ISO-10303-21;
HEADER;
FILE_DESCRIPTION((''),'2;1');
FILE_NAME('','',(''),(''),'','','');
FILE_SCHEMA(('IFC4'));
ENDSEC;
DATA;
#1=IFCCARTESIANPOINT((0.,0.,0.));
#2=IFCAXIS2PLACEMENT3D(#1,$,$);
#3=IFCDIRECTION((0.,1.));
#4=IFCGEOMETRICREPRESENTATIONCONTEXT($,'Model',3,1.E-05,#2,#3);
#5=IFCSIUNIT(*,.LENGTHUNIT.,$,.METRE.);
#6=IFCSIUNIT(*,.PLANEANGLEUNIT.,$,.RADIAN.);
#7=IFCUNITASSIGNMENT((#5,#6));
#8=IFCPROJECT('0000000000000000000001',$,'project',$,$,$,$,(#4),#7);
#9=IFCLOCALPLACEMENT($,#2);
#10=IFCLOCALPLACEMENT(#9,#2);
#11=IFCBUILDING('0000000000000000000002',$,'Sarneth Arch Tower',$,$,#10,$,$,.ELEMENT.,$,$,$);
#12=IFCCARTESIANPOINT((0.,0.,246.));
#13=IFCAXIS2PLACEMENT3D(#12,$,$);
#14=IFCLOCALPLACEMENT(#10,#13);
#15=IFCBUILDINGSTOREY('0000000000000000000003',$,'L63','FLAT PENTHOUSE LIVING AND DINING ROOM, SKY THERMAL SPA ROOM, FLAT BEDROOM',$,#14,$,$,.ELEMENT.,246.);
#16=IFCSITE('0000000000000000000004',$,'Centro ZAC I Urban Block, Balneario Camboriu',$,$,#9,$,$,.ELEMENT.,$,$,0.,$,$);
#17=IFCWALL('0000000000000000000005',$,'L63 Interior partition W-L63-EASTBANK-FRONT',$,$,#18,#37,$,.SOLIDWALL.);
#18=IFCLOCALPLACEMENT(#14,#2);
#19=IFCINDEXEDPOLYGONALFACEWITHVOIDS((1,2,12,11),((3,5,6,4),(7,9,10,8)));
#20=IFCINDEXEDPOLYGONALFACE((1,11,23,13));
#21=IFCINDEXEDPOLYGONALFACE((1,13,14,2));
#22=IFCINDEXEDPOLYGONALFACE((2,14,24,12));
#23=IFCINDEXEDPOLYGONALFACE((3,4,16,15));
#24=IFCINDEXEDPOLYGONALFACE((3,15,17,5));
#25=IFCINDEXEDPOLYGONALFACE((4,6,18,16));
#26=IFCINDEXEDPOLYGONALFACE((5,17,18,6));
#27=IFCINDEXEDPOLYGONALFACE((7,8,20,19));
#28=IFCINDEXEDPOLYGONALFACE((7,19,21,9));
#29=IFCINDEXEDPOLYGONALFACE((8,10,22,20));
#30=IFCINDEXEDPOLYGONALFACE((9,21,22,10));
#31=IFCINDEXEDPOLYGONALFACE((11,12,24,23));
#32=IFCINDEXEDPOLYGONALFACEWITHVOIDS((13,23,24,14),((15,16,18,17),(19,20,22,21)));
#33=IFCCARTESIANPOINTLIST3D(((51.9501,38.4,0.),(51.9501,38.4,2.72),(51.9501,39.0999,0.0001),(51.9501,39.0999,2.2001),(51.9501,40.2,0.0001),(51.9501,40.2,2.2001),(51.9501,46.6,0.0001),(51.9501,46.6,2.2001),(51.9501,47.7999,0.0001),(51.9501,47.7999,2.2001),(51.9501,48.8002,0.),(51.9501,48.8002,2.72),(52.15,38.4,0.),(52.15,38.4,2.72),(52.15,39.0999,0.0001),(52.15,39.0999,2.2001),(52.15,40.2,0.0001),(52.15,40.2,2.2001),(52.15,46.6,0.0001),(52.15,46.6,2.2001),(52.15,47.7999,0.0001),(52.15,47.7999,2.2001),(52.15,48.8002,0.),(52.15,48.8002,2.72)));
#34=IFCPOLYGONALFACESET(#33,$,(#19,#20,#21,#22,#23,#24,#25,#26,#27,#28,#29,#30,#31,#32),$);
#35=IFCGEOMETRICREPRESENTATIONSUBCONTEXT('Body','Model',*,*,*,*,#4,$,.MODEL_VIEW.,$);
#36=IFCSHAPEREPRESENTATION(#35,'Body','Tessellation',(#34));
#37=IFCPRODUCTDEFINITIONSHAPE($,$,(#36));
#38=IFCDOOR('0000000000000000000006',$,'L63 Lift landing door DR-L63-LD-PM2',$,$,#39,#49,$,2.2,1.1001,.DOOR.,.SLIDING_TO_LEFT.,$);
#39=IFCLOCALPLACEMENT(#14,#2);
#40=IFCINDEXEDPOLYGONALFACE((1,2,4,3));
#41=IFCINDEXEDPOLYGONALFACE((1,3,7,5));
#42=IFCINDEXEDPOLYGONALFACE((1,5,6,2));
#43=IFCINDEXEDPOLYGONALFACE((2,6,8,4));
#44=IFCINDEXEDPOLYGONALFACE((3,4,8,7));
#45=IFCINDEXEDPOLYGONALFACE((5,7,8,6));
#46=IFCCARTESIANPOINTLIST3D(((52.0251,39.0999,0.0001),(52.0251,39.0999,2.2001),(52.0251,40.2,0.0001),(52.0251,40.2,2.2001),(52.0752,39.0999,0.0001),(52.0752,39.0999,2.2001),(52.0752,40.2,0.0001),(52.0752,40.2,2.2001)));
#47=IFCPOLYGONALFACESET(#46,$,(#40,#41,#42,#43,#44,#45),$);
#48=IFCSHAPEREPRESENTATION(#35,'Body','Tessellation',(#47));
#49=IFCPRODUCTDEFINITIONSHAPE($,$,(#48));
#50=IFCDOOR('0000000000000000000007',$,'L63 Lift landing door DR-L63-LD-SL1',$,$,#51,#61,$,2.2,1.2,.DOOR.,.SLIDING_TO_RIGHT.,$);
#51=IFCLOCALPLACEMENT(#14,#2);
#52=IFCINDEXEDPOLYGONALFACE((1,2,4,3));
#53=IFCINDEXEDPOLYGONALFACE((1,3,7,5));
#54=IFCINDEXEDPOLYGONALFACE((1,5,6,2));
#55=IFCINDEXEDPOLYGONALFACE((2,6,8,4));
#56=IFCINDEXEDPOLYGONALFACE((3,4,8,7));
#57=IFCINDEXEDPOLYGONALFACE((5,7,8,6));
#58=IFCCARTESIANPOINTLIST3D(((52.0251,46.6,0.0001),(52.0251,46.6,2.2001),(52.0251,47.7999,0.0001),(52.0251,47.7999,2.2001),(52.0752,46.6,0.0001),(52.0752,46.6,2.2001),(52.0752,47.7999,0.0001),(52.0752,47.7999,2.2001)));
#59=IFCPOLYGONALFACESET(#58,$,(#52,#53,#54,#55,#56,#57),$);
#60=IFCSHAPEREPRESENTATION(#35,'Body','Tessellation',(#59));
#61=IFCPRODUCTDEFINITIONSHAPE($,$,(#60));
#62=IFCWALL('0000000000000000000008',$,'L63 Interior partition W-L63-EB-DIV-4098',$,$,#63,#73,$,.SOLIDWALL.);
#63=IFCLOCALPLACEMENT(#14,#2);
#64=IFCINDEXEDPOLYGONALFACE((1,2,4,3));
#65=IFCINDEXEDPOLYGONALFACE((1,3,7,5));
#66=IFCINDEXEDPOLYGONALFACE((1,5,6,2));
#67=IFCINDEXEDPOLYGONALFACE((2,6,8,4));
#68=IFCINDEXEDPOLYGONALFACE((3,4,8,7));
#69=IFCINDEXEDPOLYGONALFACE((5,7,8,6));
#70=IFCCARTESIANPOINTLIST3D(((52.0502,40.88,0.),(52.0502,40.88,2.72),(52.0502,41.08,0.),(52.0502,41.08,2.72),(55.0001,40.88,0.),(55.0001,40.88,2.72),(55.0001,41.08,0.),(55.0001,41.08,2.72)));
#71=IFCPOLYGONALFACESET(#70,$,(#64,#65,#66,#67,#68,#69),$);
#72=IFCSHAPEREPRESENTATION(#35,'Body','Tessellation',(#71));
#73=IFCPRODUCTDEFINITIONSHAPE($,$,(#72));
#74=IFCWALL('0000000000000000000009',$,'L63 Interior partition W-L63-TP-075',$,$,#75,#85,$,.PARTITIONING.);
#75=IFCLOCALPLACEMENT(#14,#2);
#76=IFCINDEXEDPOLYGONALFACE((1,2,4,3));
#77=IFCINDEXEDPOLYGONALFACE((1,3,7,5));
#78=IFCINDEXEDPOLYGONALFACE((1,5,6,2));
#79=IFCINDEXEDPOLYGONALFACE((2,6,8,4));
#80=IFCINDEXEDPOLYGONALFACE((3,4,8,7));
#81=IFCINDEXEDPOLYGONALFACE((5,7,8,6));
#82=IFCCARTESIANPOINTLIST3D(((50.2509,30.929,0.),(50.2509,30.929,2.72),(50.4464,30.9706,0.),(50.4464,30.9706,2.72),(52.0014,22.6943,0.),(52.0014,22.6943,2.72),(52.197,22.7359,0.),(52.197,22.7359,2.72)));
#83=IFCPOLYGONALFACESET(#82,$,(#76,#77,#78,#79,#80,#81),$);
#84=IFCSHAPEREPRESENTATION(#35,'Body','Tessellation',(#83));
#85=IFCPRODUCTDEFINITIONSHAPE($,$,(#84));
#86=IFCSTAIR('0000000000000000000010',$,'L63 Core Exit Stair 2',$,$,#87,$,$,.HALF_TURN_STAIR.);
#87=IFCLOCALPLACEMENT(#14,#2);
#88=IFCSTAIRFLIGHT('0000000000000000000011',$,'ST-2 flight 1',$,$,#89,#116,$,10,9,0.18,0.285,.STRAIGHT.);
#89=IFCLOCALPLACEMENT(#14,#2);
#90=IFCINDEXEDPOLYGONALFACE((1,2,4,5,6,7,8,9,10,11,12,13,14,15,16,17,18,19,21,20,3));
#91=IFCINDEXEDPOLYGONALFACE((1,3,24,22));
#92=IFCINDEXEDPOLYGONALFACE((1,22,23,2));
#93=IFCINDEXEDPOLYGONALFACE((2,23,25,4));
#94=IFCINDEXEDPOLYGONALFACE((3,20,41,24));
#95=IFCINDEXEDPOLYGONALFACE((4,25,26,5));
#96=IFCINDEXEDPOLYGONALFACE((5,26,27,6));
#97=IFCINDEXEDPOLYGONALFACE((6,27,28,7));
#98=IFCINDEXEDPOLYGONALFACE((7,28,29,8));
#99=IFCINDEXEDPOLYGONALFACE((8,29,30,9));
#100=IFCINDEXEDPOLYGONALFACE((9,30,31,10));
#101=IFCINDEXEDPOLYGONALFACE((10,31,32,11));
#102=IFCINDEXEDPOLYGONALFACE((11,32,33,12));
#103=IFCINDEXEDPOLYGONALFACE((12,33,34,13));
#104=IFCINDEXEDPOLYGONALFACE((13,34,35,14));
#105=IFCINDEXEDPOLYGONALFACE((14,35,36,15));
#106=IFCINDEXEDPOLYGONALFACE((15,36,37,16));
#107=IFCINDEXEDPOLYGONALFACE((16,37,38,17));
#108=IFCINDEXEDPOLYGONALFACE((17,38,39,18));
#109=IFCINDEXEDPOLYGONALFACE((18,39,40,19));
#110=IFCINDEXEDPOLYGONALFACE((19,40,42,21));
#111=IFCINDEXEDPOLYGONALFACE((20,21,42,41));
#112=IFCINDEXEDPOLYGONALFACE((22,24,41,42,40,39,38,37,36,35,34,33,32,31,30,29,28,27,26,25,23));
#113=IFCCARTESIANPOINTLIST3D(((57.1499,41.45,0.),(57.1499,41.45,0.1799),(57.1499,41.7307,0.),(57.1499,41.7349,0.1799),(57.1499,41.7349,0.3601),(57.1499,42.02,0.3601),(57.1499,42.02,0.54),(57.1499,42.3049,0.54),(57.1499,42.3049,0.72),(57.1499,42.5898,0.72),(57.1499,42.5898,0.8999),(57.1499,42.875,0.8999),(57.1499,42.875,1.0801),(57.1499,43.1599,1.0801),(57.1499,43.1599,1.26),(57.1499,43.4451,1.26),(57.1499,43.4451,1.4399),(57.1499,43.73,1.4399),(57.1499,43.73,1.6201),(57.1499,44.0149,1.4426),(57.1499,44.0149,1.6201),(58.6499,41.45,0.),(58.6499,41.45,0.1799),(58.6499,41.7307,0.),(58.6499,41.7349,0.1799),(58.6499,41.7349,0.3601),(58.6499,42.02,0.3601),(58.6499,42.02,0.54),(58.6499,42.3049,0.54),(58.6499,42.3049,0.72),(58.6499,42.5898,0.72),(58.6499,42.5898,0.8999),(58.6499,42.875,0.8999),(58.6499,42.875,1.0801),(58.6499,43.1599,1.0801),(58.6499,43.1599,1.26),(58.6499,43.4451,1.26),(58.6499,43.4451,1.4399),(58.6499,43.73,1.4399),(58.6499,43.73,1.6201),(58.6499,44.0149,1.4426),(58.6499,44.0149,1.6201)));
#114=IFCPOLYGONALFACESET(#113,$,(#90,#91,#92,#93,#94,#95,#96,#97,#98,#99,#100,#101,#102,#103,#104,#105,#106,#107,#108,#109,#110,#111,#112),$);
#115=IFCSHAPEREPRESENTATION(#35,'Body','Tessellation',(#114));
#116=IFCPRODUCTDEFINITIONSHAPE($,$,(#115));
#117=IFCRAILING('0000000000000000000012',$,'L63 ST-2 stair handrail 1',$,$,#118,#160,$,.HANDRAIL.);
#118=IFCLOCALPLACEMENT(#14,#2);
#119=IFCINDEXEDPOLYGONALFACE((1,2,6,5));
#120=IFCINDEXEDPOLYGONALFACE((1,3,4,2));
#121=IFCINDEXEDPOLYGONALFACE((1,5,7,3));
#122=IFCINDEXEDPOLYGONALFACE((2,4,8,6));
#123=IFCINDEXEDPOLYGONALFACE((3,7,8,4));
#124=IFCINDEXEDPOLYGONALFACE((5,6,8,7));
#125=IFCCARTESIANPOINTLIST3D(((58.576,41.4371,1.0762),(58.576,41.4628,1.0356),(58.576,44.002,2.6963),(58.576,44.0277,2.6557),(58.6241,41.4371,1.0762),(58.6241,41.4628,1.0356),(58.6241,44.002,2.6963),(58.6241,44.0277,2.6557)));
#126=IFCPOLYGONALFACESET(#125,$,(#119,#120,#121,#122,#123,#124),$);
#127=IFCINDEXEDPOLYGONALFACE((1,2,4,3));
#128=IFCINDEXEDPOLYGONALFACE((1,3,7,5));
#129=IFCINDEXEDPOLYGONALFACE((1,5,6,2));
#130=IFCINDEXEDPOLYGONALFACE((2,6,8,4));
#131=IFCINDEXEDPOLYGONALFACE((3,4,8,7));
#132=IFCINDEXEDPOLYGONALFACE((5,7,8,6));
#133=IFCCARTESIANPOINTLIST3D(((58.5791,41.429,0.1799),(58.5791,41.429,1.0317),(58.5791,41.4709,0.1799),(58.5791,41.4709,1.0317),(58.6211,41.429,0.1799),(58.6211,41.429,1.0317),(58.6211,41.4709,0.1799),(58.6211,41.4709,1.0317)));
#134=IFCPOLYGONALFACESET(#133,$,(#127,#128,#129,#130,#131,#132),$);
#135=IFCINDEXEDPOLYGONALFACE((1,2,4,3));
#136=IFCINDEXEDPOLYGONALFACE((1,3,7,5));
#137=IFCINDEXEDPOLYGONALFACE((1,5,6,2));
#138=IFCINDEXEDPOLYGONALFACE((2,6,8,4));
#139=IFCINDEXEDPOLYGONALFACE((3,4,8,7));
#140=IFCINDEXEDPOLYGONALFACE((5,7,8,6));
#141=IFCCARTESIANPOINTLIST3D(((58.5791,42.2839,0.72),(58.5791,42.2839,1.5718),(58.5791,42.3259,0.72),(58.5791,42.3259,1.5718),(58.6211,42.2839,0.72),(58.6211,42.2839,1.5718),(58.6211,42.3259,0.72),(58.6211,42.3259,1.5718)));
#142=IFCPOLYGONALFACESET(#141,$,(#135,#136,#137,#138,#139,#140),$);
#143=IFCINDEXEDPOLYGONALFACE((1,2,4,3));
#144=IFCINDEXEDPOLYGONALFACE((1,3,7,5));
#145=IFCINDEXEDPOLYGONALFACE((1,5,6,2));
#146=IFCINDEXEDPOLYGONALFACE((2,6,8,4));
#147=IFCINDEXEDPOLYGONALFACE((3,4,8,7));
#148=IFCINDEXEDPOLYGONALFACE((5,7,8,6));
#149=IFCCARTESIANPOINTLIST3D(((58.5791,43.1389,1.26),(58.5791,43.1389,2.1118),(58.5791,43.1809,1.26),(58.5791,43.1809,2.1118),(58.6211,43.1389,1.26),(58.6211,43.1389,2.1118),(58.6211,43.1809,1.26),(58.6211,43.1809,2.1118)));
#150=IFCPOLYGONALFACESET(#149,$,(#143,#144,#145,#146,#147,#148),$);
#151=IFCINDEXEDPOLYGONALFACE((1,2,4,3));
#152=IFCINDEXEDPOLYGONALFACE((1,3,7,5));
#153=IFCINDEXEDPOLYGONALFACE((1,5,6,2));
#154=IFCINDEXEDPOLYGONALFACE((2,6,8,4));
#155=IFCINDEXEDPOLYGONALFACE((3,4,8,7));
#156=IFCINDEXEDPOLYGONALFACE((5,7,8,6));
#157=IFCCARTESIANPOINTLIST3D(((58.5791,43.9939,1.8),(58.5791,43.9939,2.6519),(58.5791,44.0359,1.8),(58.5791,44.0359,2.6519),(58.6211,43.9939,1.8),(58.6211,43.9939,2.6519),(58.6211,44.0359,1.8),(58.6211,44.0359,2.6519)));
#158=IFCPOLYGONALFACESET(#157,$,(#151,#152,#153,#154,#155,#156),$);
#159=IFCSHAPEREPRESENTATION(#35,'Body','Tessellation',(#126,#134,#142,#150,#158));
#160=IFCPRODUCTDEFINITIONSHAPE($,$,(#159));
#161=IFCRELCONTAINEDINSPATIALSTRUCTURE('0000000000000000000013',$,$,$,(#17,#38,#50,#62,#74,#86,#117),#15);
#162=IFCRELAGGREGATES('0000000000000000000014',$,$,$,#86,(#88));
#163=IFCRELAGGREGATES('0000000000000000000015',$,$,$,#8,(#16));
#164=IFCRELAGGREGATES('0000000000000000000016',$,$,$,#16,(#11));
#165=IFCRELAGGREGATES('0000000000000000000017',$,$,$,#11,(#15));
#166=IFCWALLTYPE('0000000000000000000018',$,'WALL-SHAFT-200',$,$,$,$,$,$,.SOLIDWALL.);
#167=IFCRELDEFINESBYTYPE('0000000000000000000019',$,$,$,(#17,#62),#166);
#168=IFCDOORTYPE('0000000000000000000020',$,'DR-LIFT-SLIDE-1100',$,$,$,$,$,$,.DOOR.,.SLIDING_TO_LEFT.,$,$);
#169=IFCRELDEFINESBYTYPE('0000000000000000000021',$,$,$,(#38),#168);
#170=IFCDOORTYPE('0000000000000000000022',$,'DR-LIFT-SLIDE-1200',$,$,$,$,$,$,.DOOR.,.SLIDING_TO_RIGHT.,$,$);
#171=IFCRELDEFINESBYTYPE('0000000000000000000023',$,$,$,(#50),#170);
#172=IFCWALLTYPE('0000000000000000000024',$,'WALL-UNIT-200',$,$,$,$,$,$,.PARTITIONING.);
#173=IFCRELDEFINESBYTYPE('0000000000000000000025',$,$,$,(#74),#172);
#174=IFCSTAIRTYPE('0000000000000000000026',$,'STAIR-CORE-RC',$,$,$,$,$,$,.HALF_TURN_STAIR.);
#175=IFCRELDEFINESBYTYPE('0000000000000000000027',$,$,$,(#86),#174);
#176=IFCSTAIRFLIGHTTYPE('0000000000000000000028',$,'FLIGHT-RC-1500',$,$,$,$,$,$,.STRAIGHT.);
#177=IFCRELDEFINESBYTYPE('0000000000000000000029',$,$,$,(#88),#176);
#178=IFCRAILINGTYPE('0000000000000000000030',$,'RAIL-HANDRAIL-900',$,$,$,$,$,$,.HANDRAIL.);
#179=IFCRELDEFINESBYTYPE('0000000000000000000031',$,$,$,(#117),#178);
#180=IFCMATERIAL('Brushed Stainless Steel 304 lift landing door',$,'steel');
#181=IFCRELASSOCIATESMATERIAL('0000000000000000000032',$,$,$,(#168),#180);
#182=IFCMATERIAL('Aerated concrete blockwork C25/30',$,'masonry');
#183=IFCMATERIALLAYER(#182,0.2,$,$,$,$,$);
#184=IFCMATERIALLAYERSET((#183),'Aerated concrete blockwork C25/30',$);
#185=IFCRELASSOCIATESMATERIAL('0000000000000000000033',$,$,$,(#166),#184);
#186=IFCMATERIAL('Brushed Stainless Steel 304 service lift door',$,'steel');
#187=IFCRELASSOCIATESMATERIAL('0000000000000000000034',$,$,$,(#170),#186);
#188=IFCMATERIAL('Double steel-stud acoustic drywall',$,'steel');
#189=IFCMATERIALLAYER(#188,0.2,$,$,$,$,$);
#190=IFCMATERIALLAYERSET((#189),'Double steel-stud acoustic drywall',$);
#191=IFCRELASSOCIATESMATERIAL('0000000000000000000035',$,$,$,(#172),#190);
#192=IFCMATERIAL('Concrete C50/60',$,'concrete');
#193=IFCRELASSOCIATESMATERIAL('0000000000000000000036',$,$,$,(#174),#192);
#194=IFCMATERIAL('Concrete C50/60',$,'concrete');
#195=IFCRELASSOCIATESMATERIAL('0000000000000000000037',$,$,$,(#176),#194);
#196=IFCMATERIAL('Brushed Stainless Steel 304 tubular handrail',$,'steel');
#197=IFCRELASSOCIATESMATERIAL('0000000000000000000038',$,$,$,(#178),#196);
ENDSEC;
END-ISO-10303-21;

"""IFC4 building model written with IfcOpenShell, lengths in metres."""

from ifc_helpers import new_model, si_unit, direction, frame, frame_2d, origin, origin_2d, place, context, subcontext, project, spatial, polyline, rectangle, outline, extrude, material, layer, layer_set, type_object, element, fill, aggregate, save


model = new_model("IFC4")

# Units and contexts
model_context = context("Model", 3, precision=1e-05, world=origin(), true_north=direction((0.0, 1.0)))
body_context = subcontext(model_context, "Body", "Model", "MODEL_VIEW")
ifc_project = project(units=[si_unit("LENGTHUNIT", "METRE"), si_unit("PLANEANGLEUNIT", "RADIAN")], contexts=[model_context])

# Site, building, storey
site_placement = place(None, origin())
site = spatial("IfcSite", under=ifc_project, at=site_placement, Name="Centro ZAC I Urban Block, Balneario Camboriu", CompositionType="ELEMENT", RefElevation=0.0)
building_placement = place(site_placement, origin())
building = spatial("IfcBuilding", under=site, at=building_placement, Name="Sarneth Arch Tower", CompositionType="ELEMENT")
storey_placement = place(building_placement, frame((0.0, 0.0, 246.0)))
storey = spatial("IfcBuildingStorey", under=building, at=storey_placement, Name="L63", Description="FLAT PENTHOUSE LIVING AND DINING ROOM, SKY THERMAL SPA ROOM, FLAT BEDROOM", CompositionType="ELEMENT", Elevation=246.0)

# Shared definitions
ifc_material_1 = material(Name="Brushed Stainless Steel 304 lift landing door", Category="steel")
door_type_1 = type_object("IfcDoorType", Name="DR-LIFT-SLIDE-1100", OperationType="SLIDING_TO_LEFT", PredefinedType="DOOR", material=ifc_material_1)

# Shared definitions
ifc_material_2 = material(Name="Aerated concrete blockwork C25/30", Category="masonry")
ifc_layer_1 = layer(ifc_material_2, 0.2)
ifc_layer_set_1 = layer_set([ifc_layer_1], Name="Aerated concrete blockwork C25/30")
wall_type_1 = type_object("IfcWallType", Name="WALL-SHAFT-200", PredefinedType="SOLIDWALL", material=ifc_layer_set_1)

# Wall, openings, doors
wall_1_placement = place(storey_placement, frame((52.05, 38.3999, 0.0), z_axis=(0.0, 0.0, 1.0), x_axis=(0.0, 1.0, 0.0)))
wall_1 = element("IfcWall", 1, at=wall_1_placement, inside=storey, type_object=wall_type_1, Name="L63 Interior partition W-L63-EASTBANK-FRONT", PredefinedType="SOLIDWALL", context=body_context, shape_type="SweptSolid", body=[
    extrude(rectangle(XDim=10.4001, YDim=0.2, at=frame_2d((5.2002, 0.0))), origin(), (0.0, 0.0, 1.0), 2.72),
])
opening_1_placement = place(wall_1_placement, frame((0.7, 0.0, 0.0)))
opening_1 = element("IfcOpeningElement", 2, at=opening_1_placement, cuts=wall_1, PredefinedType="OPENING", context=body_context, shape_type="SweptSolid", body=[
    extrude(rectangle(XDim=1.1001, YDim=2.2, at=frame_2d((0.55, 1.1001))), frame((0.0, 0.1099, 0.0), z_axis=(0.0, -1.0, 0.0), x_axis=(1.0, 0.0, 0.0)), (0.0, 0.0, 1.0), 0.22),
])
opening_2_placement = place(wall_1_placement, frame((8.2, 0.0, 0.0)))
opening_2 = element("IfcOpeningElement", 3, at=opening_2_placement, cuts=wall_1, PredefinedType="OPENING", context=body_context, shape_type="SweptSolid", body=[
    extrude(rectangle(XDim=1.2, YDim=2.2, at=frame_2d((0.6001, 1.1001))), frame((0.0, 0.1099, 0.0), z_axis=(0.0, -1.0, 0.0), x_axis=(1.0, 0.0, 0.0)), (0.0, 0.0, 1.0), 0.22),
])
door_1_placement = place(opening_1_placement, origin())
door_1 = element("IfcDoor", 4, at=door_1_placement, inside=storey, type_object=door_type_1, Name="L63 Lift landing door DR-L63-LD-PM2", OperationType="SLIDING_TO_LEFT", OverallHeight=2.2, OverallWidth=1.1001, PredefinedType="DOOR", context=body_context, shape_type="SweptSolid", body=[
    extrude(rectangle(XDim=1.1001, YDim=2.2, at=frame_2d((0.55, 1.1001))), frame((0.0, 0.0249, 0.0), z_axis=(0.0, -1.0, 0.0), x_axis=(1.0, 0.0, 0.0)), (0.0, 0.0, 1.0), 0.05),
])
fill(opening_1, door_1)
ifc_material_3 = material(Name="Brushed Stainless Steel 304 service lift door", Category="steel")
door_type_2 = type_object("IfcDoorType", Name="DR-LIFT-SLIDE-1200", OperationType="SLIDING_TO_RIGHT", PredefinedType="DOOR", material=ifc_material_3)
door_2_placement = place(opening_2_placement, origin())
door_2 = element("IfcDoor", 5, at=door_2_placement, inside=storey, type_object=door_type_2, Name="L63 Lift landing door DR-L63-LD-SL1", OperationType="SLIDING_TO_RIGHT", OverallHeight=2.2, OverallWidth=1.2, PredefinedType="DOOR", context=body_context, shape_type="SweptSolid", body=[
    extrude(rectangle(XDim=1.2, YDim=2.2, at=frame_2d((0.6001, 1.1001))), frame((0.0, 0.0249, 0.0), z_axis=(0.0, -1.0, 0.0), x_axis=(1.0, 0.0, 0.0)), (0.0, 0.0, 1.0), 0.05),
])
fill(opening_2, door_2)

# Walls
wall_2_placement = place(storey_placement, frame((52.05, 40.98, 0.0), z_axis=(0.0, 0.0, 1.0), x_axis=(1.0, 0.0, 0.0)))
element("IfcWall", 6, at=wall_2_placement, inside=storey, type_object=wall_type_1, Name="L63 Interior partition W-L63-EB-DIV-4098", PredefinedType="SOLIDWALL", context=body_context, shape_type="SweptSolid", body=[
    extrude(rectangle(XDim=2.95, YDim=0.2, at=frame_2d((1.4751, 0.0))), origin(), (0.0, 0.0, 1.0), 2.72),
])
ifc_material_4 = material(Name="Double steel-stud acoustic drywall", Category="steel")
ifc_layer_2 = layer(ifc_material_4, 0.2)
ifc_layer_set_2 = layer_set([ifc_layer_2], Name="Double steel-stud acoustic drywall")
wall_type_2 = type_object("IfcWallType", Name="WALL-UNIT-200", PredefinedType="PARTITIONING", material=ifc_layer_set_2)
wall_3_placement = place(storey_placement, frame((50.3486, 30.95, 0.0), z_axis=(0.0, 0.0, 1.0), x_axis=(0.207931, -0.978144, 0.0)))
element("IfcWall", 7, at=wall_3_placement, inside=storey, type_object=wall_type_2, Name="L63 Interior partition W-L63-TP-075", PredefinedType="PARTITIONING", context=body_context, shape_type="SweptSolid", body=[
    extrude(rectangle(XDim=8.4187, YDim=0.2, at=frame_2d((4.2095, 0.0))), origin(), (0.0, 0.0, 1.0), 2.72),
])

# Stair, stair flight
ifc_material_5 = material(Name="Concrete C50/60", Category="concrete")
stair_type = type_object("IfcStairType", Name="STAIR-CORE-RC", PredefinedType="HALF_TURN_STAIR", material=ifc_material_5)
stair_placement = place(storey_placement, origin())
stair = element("IfcStair", 8, at=stair_placement, inside=storey, type_object=stair_type, Name="L63 Core Exit Stair 2", PredefinedType="HALF_TURN_STAIR")
ifc_material_6 = material(Name="Concrete C50/60", Category="concrete")
stair_flight_type = type_object("IfcStairFlightType", Name="FLIGHT-RC-1500", PredefinedType="STRAIGHT", material=ifc_material_6)
stair_flight_placement = place(storey_placement, frame((57.8999, 41.45, 0.0), z_axis=(0.0, 0.0, 1.0), x_axis=(0.0, 1.0, 0.0)))
stair_flight = element("IfcStairFlight", 9, at=stair_flight_placement, type_object=stair_flight_type, Name="ST-2 flight 1", NumberOfRisers=10, NumberOfTreads=9, PredefinedType="STRAIGHT", RiserHeight=0.18, TreadLength=0.285, context=body_context, shape_type="SweptSolid", body=[
    extrude(outline(polyline([(0.0, 0.0), (0.0, 0.1799), (0.2849, 0.1799), (0.2849, 0.3601), (0.5701, 0.3601), (0.5701, 0.54), (0.855, 0.54), (0.855, 0.72), (1.1399, 0.72), (1.1399, 0.8999), (1.425, 0.8999), (1.425, 1.0801), (1.71, 1.0801), (1.71, 1.26), (1.9951, 1.26), (1.9951, 1.4399), (2.28, 1.4399), (2.28, 1.6201), (2.5649, 1.6201), (2.5649, 1.8), (2.5649, 1.4426), (0.2808, 0.0), (0.0, 0.0)])), frame((0.0, 0.75, 0.0), z_axis=(0.0, -1.0, 0.0), x_axis=(1.0, 0.0, 0.0)), (0.0, 0.0, 1.0), 1.5),
])
aggregate(stair, [stair_flight])

# Railing
ifc_material_7 = material(Name="Brushed Stainless Steel 304 tubular handrail", Category="steel")
railing_type_1 = type_object("IfcRailingType", Name="RAIL-HANDRAIL-900", PredefinedType="HANDRAIL", material=ifc_material_7)
railing_1_placement = place(storey_placement, frame((58.6001, 41.45, 0.1799)))
element("IfcRailing", 10, at=railing_1_placement, inside=storey, type_object=railing_type_1, Name="L63 ST-2 stair handrail 1", PredefinedType="HANDRAIL", context=body_context, shape_type="SweptSolid", body=[
    extrude(rectangle(XDim=0.0481, YDim=0.0481, at=origin_2d()), frame((0.0, 0.0, 0.876), z_axis=(0.0, 0.845466, 0.534029), x_axis=(-1.0, 0.0, 0.0)), (0.0, 0.0, 1.0), 3.0337),
    extrude(rectangle(XDim=0.042, YDim=0.042, at=origin_2d()), origin(), (0.0, 0.0, 1.0), 0.8518),
    extrude(rectangle(XDim=0.042, YDim=0.042, at=origin_2d()), frame((0.0, 0.855, 0.54)), (0.0, 0.0, 1.0), 0.8518),
    extrude(rectangle(XDim=0.042, YDim=0.042, at=origin_2d()), frame((0.0, 1.71, 1.0801)), (0.0, 0.0, 1.0), 0.8518),
    extrude(rectangle(XDim=0.042, YDim=0.042, at=origin_2d()), frame((0.0, 2.5649, 1.6201)), (0.0, 0.0, 1.0), 0.8518),
])

save(model, "model.ifc")
